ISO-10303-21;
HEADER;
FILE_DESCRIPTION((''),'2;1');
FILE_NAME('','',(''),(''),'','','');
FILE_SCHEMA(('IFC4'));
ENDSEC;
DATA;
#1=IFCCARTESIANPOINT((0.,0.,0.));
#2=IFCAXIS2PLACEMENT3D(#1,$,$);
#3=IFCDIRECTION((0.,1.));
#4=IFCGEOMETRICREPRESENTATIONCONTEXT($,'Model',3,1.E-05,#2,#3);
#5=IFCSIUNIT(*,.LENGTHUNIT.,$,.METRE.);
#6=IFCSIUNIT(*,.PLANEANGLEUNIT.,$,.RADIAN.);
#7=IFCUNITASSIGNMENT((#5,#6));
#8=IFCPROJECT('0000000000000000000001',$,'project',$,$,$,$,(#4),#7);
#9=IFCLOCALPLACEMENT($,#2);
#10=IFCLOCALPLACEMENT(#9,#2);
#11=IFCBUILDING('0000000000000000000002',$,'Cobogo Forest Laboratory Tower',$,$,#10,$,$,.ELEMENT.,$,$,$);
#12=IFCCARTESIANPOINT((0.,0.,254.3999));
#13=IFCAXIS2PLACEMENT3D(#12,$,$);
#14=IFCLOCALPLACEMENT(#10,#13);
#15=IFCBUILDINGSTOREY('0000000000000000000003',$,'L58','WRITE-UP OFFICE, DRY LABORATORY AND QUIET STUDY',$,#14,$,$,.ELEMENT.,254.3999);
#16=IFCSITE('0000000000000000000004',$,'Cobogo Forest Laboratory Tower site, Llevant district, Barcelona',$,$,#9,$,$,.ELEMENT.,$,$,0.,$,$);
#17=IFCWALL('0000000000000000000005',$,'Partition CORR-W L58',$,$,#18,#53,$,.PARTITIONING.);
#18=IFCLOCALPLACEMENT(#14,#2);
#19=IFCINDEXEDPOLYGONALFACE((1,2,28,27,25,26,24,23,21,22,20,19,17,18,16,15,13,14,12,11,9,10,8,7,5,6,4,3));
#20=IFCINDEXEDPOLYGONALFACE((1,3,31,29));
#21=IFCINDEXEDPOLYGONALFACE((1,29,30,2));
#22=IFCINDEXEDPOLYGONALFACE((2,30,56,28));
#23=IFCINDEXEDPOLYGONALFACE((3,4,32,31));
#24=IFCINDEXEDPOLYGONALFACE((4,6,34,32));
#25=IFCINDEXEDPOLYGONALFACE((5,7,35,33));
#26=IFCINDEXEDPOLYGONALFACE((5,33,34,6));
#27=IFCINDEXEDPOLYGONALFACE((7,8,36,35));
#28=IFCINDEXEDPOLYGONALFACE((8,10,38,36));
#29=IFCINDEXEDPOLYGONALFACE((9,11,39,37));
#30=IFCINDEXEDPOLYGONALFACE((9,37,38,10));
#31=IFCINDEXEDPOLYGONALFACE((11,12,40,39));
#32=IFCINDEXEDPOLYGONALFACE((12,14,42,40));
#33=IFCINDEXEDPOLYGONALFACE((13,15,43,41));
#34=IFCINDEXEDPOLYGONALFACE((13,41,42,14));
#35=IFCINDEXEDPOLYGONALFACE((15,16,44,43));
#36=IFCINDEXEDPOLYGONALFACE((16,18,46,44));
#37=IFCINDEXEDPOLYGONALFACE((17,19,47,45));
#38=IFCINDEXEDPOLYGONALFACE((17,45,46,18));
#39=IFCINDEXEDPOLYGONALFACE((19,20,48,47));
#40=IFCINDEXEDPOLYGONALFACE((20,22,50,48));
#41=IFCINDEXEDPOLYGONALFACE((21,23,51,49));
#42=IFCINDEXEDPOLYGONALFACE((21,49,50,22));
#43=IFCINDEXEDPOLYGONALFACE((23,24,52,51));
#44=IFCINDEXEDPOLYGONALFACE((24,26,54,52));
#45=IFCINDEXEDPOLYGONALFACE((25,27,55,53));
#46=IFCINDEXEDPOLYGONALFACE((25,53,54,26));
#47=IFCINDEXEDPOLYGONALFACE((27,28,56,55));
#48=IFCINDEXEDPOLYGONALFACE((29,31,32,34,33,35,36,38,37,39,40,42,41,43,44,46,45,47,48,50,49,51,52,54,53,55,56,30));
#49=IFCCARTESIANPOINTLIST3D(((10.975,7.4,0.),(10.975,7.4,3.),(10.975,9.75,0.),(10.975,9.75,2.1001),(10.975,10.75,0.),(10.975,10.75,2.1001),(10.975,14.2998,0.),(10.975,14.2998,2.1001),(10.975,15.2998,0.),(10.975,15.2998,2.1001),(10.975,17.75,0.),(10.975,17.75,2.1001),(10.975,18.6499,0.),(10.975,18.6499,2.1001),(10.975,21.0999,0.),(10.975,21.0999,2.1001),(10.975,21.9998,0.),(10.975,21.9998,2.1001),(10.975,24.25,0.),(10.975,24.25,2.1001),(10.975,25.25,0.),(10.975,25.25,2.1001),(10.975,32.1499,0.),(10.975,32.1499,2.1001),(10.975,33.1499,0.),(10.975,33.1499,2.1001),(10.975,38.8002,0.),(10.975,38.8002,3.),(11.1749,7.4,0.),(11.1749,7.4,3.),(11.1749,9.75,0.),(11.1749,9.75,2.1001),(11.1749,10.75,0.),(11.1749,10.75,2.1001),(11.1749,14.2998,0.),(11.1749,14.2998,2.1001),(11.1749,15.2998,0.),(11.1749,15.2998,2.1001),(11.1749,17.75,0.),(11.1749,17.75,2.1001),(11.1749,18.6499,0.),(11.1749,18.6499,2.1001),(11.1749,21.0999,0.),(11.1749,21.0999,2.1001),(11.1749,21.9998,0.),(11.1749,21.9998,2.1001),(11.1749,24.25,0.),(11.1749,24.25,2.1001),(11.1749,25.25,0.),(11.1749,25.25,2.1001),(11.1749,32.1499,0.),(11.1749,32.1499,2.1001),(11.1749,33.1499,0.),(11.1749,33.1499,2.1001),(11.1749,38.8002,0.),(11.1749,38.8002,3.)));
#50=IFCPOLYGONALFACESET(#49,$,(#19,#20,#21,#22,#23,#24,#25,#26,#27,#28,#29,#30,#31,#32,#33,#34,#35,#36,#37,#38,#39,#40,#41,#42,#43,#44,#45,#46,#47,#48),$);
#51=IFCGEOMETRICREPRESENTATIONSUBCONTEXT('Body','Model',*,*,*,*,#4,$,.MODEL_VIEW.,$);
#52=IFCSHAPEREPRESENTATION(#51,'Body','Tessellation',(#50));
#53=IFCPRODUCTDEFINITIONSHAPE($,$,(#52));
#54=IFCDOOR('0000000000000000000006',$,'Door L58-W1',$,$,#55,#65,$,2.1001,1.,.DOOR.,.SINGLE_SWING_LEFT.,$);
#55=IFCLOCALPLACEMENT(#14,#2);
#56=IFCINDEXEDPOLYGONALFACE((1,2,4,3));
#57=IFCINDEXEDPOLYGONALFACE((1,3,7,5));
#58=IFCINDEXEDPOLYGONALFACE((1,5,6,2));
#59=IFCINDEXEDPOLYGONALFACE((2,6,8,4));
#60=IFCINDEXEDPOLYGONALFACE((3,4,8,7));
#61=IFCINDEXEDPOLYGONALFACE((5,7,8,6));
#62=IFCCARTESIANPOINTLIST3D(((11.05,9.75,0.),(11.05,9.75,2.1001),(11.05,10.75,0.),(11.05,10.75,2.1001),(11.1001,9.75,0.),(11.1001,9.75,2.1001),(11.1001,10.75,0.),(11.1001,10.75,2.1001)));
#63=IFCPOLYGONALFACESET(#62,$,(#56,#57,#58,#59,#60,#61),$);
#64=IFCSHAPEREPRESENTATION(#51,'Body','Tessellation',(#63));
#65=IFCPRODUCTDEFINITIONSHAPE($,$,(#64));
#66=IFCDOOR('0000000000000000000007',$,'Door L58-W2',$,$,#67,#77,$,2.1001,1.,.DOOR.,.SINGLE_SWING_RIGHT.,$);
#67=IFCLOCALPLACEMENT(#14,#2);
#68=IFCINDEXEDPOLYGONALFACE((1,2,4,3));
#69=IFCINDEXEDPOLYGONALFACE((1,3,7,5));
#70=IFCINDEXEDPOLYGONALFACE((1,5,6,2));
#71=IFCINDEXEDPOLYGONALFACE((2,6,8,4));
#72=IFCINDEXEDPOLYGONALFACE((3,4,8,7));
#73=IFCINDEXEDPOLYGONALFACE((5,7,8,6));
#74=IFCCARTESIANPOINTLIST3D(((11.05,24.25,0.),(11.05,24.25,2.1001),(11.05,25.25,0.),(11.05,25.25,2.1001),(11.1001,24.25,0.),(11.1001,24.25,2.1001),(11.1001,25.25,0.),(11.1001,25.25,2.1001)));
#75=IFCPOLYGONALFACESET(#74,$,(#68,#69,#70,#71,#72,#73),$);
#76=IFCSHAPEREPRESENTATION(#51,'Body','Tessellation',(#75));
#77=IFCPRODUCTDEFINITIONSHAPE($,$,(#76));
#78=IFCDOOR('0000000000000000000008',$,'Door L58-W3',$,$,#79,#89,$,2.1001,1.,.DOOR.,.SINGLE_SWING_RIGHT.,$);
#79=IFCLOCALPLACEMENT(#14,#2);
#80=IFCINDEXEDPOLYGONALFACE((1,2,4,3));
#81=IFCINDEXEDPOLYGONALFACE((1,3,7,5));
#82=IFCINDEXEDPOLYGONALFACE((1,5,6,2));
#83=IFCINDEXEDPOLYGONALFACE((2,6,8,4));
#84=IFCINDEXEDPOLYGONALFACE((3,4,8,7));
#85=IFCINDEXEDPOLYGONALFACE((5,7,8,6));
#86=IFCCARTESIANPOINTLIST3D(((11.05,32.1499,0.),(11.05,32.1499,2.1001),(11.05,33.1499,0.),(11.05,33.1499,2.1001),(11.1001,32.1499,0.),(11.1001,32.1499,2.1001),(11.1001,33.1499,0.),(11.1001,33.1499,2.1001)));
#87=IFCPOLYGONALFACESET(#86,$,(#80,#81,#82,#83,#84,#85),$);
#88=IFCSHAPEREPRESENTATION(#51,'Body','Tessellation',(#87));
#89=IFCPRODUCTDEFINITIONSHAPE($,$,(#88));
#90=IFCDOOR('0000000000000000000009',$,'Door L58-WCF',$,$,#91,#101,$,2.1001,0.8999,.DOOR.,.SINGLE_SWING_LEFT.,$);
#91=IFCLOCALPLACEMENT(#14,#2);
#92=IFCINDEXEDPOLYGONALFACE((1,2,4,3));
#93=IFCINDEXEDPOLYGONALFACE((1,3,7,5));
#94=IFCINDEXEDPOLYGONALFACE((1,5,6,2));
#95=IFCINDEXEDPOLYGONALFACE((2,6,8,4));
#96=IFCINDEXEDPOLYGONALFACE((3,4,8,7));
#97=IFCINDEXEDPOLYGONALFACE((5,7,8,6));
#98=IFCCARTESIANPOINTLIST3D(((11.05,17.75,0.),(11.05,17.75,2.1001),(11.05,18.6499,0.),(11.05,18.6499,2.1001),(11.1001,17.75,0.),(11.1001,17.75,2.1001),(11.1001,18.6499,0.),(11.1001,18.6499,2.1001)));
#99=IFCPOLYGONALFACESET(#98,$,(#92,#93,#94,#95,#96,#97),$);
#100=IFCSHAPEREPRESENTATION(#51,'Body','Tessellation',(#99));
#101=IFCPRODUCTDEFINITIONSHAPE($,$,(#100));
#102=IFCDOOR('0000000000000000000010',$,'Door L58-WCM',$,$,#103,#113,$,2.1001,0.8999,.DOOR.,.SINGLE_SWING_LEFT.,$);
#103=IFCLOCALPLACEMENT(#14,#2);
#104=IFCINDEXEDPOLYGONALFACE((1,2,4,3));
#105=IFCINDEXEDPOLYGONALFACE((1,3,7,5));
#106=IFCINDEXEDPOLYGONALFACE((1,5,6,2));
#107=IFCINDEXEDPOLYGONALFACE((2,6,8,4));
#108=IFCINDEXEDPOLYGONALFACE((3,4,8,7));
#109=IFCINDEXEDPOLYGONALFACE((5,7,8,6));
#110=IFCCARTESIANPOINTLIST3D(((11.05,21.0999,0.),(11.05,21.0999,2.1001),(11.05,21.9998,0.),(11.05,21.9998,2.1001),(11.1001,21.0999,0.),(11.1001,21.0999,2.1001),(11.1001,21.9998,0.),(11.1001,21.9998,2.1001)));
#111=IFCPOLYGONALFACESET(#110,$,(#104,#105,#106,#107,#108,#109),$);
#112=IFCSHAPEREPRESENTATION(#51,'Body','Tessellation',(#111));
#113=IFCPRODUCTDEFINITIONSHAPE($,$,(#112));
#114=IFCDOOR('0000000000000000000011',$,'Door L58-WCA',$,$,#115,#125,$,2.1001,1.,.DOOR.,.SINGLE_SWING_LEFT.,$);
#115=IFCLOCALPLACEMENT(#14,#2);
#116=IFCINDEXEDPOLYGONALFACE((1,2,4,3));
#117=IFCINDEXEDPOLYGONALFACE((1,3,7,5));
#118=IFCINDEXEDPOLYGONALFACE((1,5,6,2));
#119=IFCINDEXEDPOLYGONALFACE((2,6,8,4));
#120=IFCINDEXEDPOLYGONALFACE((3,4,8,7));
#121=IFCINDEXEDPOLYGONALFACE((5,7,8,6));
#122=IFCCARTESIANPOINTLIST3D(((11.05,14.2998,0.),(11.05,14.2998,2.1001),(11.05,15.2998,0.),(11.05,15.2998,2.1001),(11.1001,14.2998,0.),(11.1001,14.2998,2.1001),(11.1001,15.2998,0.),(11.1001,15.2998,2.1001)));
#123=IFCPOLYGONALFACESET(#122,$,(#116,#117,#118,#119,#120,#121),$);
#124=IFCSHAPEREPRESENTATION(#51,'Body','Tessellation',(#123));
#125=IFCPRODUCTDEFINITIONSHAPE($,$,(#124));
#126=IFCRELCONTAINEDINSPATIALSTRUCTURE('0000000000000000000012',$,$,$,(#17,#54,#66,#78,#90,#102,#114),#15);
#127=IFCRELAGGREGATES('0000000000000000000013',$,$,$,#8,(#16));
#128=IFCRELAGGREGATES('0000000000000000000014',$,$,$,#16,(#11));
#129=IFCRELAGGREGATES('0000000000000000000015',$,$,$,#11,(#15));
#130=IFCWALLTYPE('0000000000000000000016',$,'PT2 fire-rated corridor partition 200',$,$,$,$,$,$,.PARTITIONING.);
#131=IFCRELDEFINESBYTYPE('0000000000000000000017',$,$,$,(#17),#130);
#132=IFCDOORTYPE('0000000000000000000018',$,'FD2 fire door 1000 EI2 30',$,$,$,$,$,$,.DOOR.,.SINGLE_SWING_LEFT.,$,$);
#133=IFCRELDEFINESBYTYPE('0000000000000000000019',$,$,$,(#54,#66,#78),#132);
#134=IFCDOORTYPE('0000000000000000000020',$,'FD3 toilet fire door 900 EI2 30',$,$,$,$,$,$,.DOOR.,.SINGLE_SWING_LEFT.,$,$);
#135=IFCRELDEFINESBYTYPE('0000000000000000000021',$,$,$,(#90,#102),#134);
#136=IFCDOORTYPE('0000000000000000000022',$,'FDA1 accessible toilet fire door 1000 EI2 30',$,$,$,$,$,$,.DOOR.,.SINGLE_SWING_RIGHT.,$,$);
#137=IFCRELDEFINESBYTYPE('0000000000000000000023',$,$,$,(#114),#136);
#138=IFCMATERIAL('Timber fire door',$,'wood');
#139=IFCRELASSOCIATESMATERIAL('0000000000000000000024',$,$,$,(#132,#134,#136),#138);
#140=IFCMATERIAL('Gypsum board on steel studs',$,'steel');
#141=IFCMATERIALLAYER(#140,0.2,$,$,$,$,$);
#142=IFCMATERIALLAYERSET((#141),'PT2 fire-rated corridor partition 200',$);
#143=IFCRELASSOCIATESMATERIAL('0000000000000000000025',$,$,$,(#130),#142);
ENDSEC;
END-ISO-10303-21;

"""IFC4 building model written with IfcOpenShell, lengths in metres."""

from ifc_helpers import new_model, si_unit, direction, frame, frame_2d, origin, place, context, subcontext, project, spatial, rectangle, extrude, material, layer, layer_set, type_object, element, fill, save


model = new_model("IFC4")

# Units and contexts
model_context = context("Model", 3, precision=1e-05, world=origin(), true_north=direction((0.0, 1.0)))
body_context = subcontext(model_context, "Body", "Model", "MODEL_VIEW")
ifc_project = project(units=[si_unit("LENGTHUNIT", "METRE"), si_unit("PLANEANGLEUNIT", "RADIAN")], contexts=[model_context])

# Site, building, storey
site_placement = place(None, origin())
site = spatial("IfcSite", under=ifc_project, at=site_placement, Name="Cobogo Forest Laboratory Tower site, Llevant district, Barcelona", CompositionType="ELEMENT", RefElevation=0.0)
building_placement = place(site_placement, origin())
building = spatial("IfcBuilding", under=site, at=building_placement, Name="Cobogo Forest Laboratory Tower", CompositionType="ELEMENT")
storey_placement = place(building_placement, frame((0.0, 0.0, 254.3999)))
storey = spatial("IfcBuildingStorey", under=building, at=storey_placement, Name="L58", Description="WRITE-UP OFFICE, DRY LABORATORY AND QUIET STUDY", CompositionType="ELEMENT", Elevation=254.3999)

# Shared definitions
ifc_material_1 = material(Name="Gypsum board on steel studs", Category="steel")
ifc_material_2 = material(Name="Timber fire door", Category="wood")
door_type_1 = type_object("IfcDoorType", Name="FD2 fire door 1000 EI2 30", OperationType="SINGLE_SWING_LEFT", PredefinedType="DOOR", material=ifc_material_2)

# Shared definitions
ifc_layer_1 = layer(ifc_material_1, 0.2)
ifc_layer_set_1 = layer_set([ifc_layer_1], Name="PT2 fire-rated corridor partition 200")
wall_type_1 = type_object("IfcWallType", Name="PT2 fire-rated corridor partition 200", PredefinedType="PARTITIONING", material=ifc_layer_set_1)

# Wall, openings, doors
wall_1_placement = place(storey_placement, frame((11.075, 7.3999, 0.0), z_axis=(0.0, 0.0, 1.0), x_axis=(0.0, 1.0, 0.0)))
wall_1 = element("IfcWall", 1, at=wall_1_placement, inside=storey, type_object=wall_type_1, Name="Partition CORR-W L58", PredefinedType="PARTITIONING", context=body_context, shape_type="SweptSolid", body=[
    extrude(rectangle(XDim=31.4001, YDim=0.2, at=frame_2d((15.7002, 0.0))), origin(), (0.0, 0.0, 1.0), 3.0),
])
opening_1_placement = place(wall_1_placement, frame((2.3501, 0.0, 0.0)))
opening_1 = element("IfcOpeningElement", 2, at=opening_1_placement, cuts=wall_1, PredefinedType="OPENING", context=body_context, shape_type="SweptSolid", body=[
    extrude(rectangle(XDim=1.0, YDim=2.1001, at=frame_2d((0.5, 1.05))), frame((0.0, 0.1099, 0.0), z_axis=(0.0, -1.0, 0.0), x_axis=(1.0, 0.0, 0.0)), (0.0, 0.0, 1.0), 0.22),
])
opening_2_placement = place(wall_1_placement, frame((6.8999, 0.0, 0.0)))
opening_2 = element("IfcOpeningElement", 3, at=opening_2_placement, cuts=wall_1, PredefinedType="OPENING", context=body_context, shape_type="SweptSolid", body=[
    extrude(rectangle(XDim=1.0, YDim=2.1001, at=frame_2d((0.5, 1.05))), frame((0.0, 0.1099, 0.0), z_axis=(0.0, -1.0, 0.0), x_axis=(1.0, 0.0, 0.0)), (0.0, 0.0, 1.0), 0.22),
])
opening_3_placement = place(wall_1_placement, frame((10.3501, 0.0, 0.0)))
opening_3 = element("IfcOpeningElement", 4, at=opening_3_placement, cuts=wall_1, PredefinedType="OPENING", context=body_context, shape_type="SweptSolid", body=[
    extrude(rectangle(XDim=0.8999, YDim=2.1001, at=frame_2d((0.45, 1.05))), frame((0.0, 0.1099, 0.0), z_axis=(0.0, -1.0, 0.0), x_axis=(1.0, 0.0, 0.0)), (0.0, 0.0, 1.0), 0.22),
])
opening_4_placement = place(wall_1_placement, frame((13.7, 0.0, 0.0)))
opening_4 = element("IfcOpeningElement", 5, at=opening_4_placement, cuts=wall_1, PredefinedType="OPENING", context=body_context, shape_type="SweptSolid", body=[
    extrude(rectangle(XDim=0.8999, YDim=2.1001, at=frame_2d((0.45, 1.05))), frame((0.0, 0.1099, 0.0), z_axis=(0.0, -1.0, 0.0), x_axis=(1.0, 0.0, 0.0)), (0.0, 0.0, 1.0), 0.22),
])
opening_5_placement = place(wall_1_placement, frame((16.8501, 0.0, 0.0)))
opening_5 = element("IfcOpeningElement", 6, at=opening_5_placement, cuts=wall_1, PredefinedType="OPENING", context=body_context, shape_type="SweptSolid", body=[
    extrude(rectangle(XDim=1.0, YDim=2.1001, at=frame_2d((0.5, 1.05))), frame((0.0, 0.1099, 0.0), z_axis=(0.0, -1.0, 0.0), x_axis=(1.0, 0.0, 0.0)), (0.0, 0.0, 1.0), 0.22),
])
opening_6_placement = place(wall_1_placement, frame((24.75, 0.0, 0.0)))
opening_6 = element("IfcOpeningElement", 7, at=opening_6_placement, cuts=wall_1, PredefinedType="OPENING", context=body_context, shape_type="SweptSolid", body=[
    extrude(rectangle(XDim=1.0, YDim=2.1001, at=frame_2d((0.5, 1.05))), frame((0.0, 0.1099, 0.0), z_axis=(0.0, -1.0, 0.0), x_axis=(1.0, 0.0, 0.0)), (0.0, 0.0, 1.0), 0.22),
])
door_1_placement = place(opening_1_placement, origin())
door_1 = element("IfcDoor", 8, at=door_1_placement, inside=storey, type_object=door_type_1, Name="Door L58-W1", OperationType="SINGLE_SWING_LEFT", OverallHeight=2.1001, OverallWidth=1.0, PredefinedType="DOOR", context=body_context, shape_type="SweptSolid", body=[
    extrude(rectangle(XDim=1.0, YDim=2.1001, at=frame_2d((0.5, 1.05))), frame((0.0, 0.0249, 0.0), z_axis=(0.0, -1.0, 0.0), x_axis=(1.0, 0.0, 0.0)), (0.0, 0.0, 1.0), 0.05),
])
fill(opening_1, door_1)
door_2_placement = place(opening_5_placement, origin())
door_2 = element("IfcDoor", 9, at=door_2_placement, inside=storey, type_object=door_type_1, Name="Door L58-W2", OperationType="SINGLE_SWING_RIGHT", OverallHeight=2.1001, OverallWidth=1.0, PredefinedType="DOOR", context=body_context, shape_type="SweptSolid", body=[
    extrude(rectangle(XDim=1.0, YDim=2.1001, at=frame_2d((0.5, 1.05))), frame((0.0, 0.0249, 0.0), z_axis=(0.0, -1.0, 0.0), x_axis=(1.0, 0.0, 0.0)), (0.0, 0.0, 1.0), 0.05),
])
fill(opening_5, door_2)
door_3_placement = place(opening_6_placement, origin())
door_3 = element("IfcDoor", 10, at=door_3_placement, inside=storey, type_object=door_type_1, Name="Door L58-W3", OperationType="SINGLE_SWING_RIGHT", OverallHeight=2.1001, OverallWidth=1.0, PredefinedType="DOOR", context=body_context, shape_type="SweptSolid", body=[
    extrude(rectangle(XDim=1.0, YDim=2.1001, at=frame_2d((0.5, 1.05))), frame((0.0, 0.0249, 0.0), z_axis=(0.0, -1.0, 0.0), x_axis=(1.0, 0.0, 0.0)), (0.0, 0.0, 1.0), 0.05),
])
fill(opening_6, door_3)
door_type_2 = type_object("IfcDoorType", Name="FD3 toilet fire door 900 EI2 30", OperationType="SINGLE_SWING_LEFT", PredefinedType="DOOR", material=ifc_material_2)
door_4_placement = place(opening_3_placement, origin())
door_4 = element("IfcDoor", 11, at=door_4_placement, inside=storey, type_object=door_type_2, Name="Door L58-WCF", OperationType="SINGLE_SWING_LEFT", OverallHeight=2.1001, OverallWidth=0.8999, PredefinedType="DOOR", context=body_context, shape_type="SweptSolid", body=[
    extrude(rectangle(XDim=0.8999, YDim=2.1001, at=frame_2d((0.45, 1.05))), frame((0.0, 0.0249, 0.0), z_axis=(0.0, -1.0, 0.0), x_axis=(1.0, 0.0, 0.0)), (0.0, 0.0, 1.0), 0.05),
])
fill(opening_3, door_4)
door_5_placement = place(opening_4_placement, origin())
door_5 = element("IfcDoor", 12, at=door_5_placement, inside=storey, type_object=door_type_2, Name="Door L58-WCM", OperationType="SINGLE_SWING_LEFT", OverallHeight=2.1001, OverallWidth=0.8999, PredefinedType="DOOR", context=body_context, shape_type="SweptSolid", body=[
    extrude(rectangle(XDim=0.8999, YDim=2.1001, at=frame_2d((0.45, 1.05))), frame((0.0, 0.0249, 0.0), z_axis=(0.0, -1.0, 0.0), x_axis=(1.0, 0.0, 0.0)), (0.0, 0.0, 1.0), 0.05),
])
fill(opening_4, door_5)
door_type_3 = type_object("IfcDoorType", Name="FDA1 accessible toilet fire door 1000 EI2 30", OperationType="SINGLE_SWING_RIGHT", PredefinedType="DOOR", material=ifc_material_2)
door_6_placement = place(opening_2_placement, origin())
door_6 = element("IfcDoor", 13, at=door_6_placement, inside=storey, type_object=door_type_3, Name="Door L58-WCA", OperationType="SINGLE_SWING_LEFT", OverallHeight=2.1001, OverallWidth=1.0, PredefinedType="DOOR", context=body_context, shape_type="SweptSolid", body=[
    extrude(rectangle(XDim=1.0, YDim=2.1001, at=frame_2d((0.5, 1.05))), frame((0.0, 0.0249, 0.0), z_axis=(0.0, -1.0, 0.0), x_axis=(1.0, 0.0, 0.0)), (0.0, 0.0, 1.0), 0.05),
])
fill(opening_2, door_6)

save(model, "model.ifc")
